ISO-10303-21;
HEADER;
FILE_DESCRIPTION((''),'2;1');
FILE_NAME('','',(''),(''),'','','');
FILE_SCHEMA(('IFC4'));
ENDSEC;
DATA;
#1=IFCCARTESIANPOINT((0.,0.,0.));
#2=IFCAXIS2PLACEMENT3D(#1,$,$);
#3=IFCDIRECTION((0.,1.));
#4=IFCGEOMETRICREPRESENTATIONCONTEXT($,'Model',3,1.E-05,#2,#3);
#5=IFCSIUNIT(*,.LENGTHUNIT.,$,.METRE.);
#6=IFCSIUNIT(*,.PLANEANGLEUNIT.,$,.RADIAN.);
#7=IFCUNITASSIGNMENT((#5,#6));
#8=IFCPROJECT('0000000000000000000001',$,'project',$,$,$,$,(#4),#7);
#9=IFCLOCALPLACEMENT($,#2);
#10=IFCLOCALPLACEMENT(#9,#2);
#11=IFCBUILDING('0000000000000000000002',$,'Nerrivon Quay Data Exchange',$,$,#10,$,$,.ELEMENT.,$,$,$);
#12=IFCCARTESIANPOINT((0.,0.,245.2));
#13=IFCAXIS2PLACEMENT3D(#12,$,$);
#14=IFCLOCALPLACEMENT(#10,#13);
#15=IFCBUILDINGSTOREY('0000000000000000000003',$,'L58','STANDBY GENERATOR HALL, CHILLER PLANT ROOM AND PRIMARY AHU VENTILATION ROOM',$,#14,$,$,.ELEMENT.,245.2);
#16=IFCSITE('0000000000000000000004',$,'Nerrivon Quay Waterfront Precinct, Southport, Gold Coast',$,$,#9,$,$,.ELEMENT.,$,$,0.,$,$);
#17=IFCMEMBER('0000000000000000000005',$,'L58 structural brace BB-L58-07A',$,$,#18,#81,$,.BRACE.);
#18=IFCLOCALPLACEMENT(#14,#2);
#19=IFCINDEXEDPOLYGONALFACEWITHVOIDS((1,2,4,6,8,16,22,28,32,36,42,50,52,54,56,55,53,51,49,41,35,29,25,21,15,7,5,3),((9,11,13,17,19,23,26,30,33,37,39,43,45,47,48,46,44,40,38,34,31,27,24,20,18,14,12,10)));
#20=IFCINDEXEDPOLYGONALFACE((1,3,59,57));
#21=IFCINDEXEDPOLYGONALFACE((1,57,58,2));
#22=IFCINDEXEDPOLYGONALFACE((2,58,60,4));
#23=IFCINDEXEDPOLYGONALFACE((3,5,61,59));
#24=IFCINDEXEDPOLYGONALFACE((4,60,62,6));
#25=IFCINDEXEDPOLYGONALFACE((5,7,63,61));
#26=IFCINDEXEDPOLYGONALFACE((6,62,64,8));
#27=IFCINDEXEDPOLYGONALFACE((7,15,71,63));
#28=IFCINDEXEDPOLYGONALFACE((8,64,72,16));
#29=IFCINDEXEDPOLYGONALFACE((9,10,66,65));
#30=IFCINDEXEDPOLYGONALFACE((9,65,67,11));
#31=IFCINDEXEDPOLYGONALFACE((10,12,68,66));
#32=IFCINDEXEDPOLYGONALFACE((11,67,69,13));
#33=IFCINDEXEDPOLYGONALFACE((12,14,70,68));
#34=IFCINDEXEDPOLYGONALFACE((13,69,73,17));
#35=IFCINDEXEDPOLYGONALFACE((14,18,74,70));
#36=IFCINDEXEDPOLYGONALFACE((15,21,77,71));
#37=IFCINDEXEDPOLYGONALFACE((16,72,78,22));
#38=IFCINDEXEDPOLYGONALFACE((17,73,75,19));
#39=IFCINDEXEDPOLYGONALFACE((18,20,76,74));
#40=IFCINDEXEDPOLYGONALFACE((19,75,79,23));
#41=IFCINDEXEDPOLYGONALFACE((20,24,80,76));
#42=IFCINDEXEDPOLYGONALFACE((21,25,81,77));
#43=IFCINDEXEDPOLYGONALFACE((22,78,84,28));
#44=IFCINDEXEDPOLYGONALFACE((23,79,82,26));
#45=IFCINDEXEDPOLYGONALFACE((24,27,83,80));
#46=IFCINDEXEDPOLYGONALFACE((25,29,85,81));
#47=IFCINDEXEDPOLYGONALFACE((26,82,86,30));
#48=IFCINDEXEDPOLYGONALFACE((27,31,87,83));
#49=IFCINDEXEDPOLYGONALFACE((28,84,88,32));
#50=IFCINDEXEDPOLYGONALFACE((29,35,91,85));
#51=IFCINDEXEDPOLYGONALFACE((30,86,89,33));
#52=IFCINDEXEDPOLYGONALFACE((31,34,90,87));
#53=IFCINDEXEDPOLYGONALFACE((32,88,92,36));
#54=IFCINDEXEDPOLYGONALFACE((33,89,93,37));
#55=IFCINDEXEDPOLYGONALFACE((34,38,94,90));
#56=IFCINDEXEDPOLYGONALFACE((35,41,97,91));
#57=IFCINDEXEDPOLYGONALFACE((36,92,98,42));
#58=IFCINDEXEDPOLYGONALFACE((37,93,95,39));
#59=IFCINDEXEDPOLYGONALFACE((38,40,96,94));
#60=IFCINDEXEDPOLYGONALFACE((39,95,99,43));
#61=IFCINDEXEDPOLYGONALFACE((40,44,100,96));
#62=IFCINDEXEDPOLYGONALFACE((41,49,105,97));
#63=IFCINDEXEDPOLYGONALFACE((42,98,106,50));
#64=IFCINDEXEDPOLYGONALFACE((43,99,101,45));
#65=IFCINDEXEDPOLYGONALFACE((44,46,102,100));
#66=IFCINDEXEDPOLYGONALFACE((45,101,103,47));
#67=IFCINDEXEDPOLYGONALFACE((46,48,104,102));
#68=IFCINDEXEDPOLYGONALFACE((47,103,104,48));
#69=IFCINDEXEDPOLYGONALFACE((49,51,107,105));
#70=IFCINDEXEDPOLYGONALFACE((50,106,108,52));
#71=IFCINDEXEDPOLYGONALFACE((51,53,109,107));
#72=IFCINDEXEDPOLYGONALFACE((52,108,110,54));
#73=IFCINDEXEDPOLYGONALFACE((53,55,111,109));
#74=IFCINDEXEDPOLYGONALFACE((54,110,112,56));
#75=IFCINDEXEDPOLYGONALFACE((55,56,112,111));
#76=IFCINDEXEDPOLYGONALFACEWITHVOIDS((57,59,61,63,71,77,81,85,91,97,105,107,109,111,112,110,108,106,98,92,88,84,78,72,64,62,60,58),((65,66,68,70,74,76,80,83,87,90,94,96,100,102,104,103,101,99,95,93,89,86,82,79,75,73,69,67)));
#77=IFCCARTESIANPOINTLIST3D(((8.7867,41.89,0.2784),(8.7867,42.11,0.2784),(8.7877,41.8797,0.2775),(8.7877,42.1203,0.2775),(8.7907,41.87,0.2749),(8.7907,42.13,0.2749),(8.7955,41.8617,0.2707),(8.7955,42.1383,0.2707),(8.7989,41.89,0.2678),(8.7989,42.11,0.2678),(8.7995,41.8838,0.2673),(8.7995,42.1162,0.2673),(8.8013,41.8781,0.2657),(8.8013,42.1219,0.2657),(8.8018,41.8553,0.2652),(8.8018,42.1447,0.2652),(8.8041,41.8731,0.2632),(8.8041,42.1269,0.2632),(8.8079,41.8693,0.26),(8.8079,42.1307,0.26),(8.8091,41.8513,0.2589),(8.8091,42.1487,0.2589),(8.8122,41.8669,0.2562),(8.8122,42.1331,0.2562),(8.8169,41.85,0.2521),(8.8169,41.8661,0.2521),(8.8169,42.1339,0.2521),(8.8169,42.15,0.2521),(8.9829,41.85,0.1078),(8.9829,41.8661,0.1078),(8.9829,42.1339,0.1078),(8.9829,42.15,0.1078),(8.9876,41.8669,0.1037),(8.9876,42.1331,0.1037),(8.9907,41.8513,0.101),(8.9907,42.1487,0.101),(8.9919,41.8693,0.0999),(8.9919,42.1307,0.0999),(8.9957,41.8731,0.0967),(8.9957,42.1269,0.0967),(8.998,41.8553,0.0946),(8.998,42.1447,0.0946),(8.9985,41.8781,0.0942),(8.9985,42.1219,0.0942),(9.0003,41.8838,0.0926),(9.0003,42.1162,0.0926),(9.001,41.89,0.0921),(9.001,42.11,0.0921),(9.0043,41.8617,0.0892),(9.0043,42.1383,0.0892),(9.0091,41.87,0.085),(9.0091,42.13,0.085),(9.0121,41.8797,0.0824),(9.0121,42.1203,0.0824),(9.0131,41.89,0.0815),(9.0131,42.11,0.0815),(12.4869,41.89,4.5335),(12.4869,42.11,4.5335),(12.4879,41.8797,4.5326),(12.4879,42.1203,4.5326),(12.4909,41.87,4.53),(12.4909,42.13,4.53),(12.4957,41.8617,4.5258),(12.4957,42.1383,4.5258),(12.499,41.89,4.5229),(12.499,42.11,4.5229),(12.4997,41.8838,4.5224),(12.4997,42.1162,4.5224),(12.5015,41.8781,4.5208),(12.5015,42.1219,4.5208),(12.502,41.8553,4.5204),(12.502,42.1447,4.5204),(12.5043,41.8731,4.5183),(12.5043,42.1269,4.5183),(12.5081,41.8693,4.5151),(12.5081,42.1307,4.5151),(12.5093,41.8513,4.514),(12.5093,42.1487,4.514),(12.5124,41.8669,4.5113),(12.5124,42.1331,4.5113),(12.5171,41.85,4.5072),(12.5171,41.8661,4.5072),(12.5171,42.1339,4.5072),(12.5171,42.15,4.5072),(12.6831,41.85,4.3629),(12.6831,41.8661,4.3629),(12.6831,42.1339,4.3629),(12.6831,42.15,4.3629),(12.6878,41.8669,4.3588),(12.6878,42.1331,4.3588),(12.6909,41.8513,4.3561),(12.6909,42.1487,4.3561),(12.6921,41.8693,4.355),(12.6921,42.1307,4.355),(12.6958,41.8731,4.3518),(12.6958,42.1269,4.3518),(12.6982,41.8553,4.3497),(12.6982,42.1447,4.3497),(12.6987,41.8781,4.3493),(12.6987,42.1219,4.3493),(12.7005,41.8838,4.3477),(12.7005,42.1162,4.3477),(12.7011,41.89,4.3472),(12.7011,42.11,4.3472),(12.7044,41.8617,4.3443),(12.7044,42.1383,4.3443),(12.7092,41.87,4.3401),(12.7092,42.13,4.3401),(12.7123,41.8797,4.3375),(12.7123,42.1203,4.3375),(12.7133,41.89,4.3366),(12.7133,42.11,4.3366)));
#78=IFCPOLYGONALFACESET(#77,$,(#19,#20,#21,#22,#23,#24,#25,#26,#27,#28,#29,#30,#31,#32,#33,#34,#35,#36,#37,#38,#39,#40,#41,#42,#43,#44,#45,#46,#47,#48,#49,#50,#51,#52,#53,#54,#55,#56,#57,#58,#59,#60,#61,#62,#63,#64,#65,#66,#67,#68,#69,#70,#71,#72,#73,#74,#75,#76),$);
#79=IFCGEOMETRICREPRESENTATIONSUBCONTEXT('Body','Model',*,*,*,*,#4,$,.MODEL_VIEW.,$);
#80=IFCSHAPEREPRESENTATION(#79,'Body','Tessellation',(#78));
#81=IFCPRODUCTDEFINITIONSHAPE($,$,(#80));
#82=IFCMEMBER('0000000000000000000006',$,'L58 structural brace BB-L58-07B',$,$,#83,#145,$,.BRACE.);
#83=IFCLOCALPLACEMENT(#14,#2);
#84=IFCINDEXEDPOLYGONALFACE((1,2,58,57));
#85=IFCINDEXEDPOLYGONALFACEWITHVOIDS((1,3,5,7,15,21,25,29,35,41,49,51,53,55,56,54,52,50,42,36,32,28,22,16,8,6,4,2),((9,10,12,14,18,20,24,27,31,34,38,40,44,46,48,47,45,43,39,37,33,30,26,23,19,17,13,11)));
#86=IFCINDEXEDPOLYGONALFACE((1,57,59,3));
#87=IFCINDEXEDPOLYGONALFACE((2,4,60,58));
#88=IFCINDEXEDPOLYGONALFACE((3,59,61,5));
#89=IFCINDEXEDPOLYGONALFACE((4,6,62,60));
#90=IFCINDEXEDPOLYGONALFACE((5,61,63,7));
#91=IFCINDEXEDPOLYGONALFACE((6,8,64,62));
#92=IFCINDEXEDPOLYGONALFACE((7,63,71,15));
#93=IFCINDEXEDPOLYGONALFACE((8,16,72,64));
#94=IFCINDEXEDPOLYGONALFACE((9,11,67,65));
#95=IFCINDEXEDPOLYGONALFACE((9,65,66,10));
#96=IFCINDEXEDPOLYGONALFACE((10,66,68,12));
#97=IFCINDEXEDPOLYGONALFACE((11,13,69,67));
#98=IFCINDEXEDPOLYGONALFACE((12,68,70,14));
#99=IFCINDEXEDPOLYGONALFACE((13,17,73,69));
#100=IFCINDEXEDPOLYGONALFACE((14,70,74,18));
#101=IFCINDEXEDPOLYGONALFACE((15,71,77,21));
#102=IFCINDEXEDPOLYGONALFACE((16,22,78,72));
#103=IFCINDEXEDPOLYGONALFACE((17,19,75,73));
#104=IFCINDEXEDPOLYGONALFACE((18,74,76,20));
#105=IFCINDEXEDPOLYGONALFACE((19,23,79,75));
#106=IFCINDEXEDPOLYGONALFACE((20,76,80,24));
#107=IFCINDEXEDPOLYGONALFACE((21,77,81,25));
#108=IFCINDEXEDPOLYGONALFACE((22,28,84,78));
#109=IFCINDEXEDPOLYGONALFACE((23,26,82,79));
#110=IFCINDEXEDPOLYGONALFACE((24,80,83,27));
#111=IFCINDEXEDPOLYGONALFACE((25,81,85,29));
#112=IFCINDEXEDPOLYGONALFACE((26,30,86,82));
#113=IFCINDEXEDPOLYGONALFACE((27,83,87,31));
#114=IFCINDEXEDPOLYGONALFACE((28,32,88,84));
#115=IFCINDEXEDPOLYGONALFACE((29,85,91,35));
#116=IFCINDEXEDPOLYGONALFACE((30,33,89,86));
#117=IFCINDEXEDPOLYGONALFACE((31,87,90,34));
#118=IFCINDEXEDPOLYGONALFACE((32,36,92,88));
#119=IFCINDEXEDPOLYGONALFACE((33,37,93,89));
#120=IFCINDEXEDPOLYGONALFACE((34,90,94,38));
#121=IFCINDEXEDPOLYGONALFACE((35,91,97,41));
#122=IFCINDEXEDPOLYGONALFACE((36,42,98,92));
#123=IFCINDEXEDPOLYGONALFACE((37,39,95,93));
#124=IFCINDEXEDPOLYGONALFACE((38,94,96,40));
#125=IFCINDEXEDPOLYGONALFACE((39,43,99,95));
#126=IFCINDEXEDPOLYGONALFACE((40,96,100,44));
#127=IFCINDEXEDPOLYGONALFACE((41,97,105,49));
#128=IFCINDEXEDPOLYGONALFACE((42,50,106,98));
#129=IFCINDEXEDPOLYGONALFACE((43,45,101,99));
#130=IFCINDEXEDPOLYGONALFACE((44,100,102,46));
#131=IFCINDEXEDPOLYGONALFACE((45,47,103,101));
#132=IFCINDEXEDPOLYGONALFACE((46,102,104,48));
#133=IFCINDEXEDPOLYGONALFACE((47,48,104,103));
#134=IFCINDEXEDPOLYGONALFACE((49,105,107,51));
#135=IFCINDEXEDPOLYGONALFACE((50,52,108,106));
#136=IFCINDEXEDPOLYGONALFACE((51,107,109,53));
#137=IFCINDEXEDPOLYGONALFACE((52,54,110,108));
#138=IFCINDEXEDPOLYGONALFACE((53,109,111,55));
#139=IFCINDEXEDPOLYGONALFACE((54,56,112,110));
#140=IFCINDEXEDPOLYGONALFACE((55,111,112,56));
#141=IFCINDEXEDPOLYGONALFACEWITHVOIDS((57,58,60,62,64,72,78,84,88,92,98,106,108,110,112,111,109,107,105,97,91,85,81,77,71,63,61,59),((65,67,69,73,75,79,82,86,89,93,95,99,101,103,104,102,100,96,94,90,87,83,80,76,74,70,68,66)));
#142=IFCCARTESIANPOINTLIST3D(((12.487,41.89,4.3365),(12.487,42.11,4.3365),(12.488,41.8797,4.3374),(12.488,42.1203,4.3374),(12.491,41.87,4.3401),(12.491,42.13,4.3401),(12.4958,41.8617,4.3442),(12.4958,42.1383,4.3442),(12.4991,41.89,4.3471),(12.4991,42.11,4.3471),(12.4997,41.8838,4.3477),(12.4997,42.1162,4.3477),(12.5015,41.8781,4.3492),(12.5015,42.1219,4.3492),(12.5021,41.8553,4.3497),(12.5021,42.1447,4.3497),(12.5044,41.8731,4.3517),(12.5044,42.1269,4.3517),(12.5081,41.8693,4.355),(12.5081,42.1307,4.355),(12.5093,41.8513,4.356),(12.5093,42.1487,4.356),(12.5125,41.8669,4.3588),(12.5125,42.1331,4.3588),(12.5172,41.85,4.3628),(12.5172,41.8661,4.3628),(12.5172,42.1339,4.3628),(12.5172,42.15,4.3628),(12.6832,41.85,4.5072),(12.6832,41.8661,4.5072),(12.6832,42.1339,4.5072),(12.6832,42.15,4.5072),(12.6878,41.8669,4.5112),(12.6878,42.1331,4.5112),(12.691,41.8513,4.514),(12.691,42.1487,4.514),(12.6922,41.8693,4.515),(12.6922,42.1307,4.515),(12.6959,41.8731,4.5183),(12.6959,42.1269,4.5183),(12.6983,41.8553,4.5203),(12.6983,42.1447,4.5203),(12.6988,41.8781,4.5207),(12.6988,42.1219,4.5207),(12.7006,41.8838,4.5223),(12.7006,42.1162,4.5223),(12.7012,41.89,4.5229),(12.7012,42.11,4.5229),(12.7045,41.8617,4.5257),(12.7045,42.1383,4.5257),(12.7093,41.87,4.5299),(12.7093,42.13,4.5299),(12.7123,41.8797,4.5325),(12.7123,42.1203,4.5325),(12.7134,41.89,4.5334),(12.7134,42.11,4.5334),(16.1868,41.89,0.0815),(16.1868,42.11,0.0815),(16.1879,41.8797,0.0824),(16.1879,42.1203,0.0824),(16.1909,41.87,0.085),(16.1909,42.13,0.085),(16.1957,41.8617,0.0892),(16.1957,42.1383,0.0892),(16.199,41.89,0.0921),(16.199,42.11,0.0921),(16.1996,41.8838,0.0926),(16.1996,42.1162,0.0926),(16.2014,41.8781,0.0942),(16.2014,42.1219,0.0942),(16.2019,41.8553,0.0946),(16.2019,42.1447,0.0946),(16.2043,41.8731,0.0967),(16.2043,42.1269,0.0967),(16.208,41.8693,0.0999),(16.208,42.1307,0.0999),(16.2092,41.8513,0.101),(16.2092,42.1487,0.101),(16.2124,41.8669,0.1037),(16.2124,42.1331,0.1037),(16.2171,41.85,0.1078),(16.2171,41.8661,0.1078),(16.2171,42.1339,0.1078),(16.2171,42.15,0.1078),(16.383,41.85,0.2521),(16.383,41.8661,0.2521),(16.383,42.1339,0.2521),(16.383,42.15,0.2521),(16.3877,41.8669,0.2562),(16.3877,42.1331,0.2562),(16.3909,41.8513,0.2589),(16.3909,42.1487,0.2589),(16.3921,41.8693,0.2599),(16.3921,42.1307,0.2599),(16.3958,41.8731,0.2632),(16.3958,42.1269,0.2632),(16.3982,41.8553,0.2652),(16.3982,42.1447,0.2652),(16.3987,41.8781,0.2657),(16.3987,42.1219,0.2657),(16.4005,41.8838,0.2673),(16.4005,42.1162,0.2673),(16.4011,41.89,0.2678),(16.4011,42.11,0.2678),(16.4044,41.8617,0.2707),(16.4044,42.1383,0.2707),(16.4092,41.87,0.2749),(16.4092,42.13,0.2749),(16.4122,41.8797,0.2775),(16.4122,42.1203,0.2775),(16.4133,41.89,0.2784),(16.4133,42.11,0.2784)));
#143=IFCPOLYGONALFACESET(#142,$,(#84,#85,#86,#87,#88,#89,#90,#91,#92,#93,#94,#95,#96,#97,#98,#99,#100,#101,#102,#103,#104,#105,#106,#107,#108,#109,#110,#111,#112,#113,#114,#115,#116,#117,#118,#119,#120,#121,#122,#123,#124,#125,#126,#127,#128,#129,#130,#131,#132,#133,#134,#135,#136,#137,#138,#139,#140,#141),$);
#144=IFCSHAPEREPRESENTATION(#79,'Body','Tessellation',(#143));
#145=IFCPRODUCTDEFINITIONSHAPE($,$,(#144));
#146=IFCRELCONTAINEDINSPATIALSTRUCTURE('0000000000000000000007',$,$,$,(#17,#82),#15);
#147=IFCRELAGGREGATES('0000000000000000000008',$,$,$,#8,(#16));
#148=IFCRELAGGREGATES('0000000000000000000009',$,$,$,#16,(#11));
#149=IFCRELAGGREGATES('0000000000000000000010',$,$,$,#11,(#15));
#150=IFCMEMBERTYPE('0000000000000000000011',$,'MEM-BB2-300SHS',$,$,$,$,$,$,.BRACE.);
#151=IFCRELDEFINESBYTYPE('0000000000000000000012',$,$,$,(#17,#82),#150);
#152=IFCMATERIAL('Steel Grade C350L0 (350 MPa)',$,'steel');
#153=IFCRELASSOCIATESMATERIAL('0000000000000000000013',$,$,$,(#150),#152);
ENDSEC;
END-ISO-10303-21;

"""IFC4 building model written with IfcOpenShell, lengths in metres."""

from ifc_helpers import new_model, si_unit, direction, frame, origin, origin_2d, place, context, subcontext, project, spatial, hollow_rectangle, extrude, material, material_profile, profile_set, type_object, element, save


model = new_model("IFC4")

# Units and contexts
model_context = context("Model", 3, precision=1e-05, world=origin(), true_north=direction((0.0, 1.0)))
body_context = subcontext(model_context, "Body", "Model", "MODEL_VIEW")
ifc_project = project(units=[si_unit("LENGTHUNIT", "METRE"), si_unit("PLANEANGLEUNIT", "RADIAN")], contexts=[model_context])

# Site, building, storey
site_placement = place(None, origin())
site = spatial("IfcSite", under=ifc_project, at=site_placement, Name="Nerrivon Quay Waterfront Precinct, Southport, Gold Coast", CompositionType="ELEMENT", RefElevation=0.0)
building_placement = place(site_placement, origin())
building = spatial("IfcBuilding", under=site, at=building_placement, Name="Nerrivon Quay Data Exchange", CompositionType="ELEMENT")
storey_placement = place(building_placement, frame((0.0, 0.0, 245.2)))
storey = spatial("IfcBuildingStorey", under=building, at=storey_placement, Name="L58", Description="STANDBY GENERATOR HALL, CHILLER PLANT ROOM AND PRIMARY AHU VENTILATION ROOM", CompositionType="ELEMENT", Elevation=245.2)

# Shared definitions
ifc_material_1 = material(Name="Steel Grade C350L0 (350 MPa)", Category="steel")

# Members
ifc_material_profile_1 = material_profile(ifc_material_1, hollow_rectangle(XDim=0.3, YDim=0.3, WallThickness=0.0161, InnerFilletRadius=0.0239, OuterFilletRadius=0.04, at=origin_2d()), Name="300x300x16.0SHS")
ifc_profile_set_1 = profile_set([ifc_material_profile_1], Name="Steel Grade C350L0 (350 MPa)")
member_type_1 = type_object("IfcMemberType", Name="MEM-BB2-300SHS", PredefinedType="BRACE", material=ifc_profile_set_1)
member_1_placement = place(storey_placement, frame((8.8999, 42.0, 0.1799), z_axis=(0.656187, 0.0, 0.754598), x_axis=(0.0, 1.0, 0.0)))
element("IfcMember", 1, at=member_1_placement, inside=storey, type_object=member_type_1, Name="L58 structural brace BB-L58-07A", PredefinedType="BRACE", context=body_context, shape_type="SweptSolid", body=[
    extrude(hollow_rectangle(XDim=0.3, YDim=0.3, WallThickness=0.0161, InnerFilletRadius=0.0239, OuterFilletRadius=0.04, at=origin_2d()), origin(), (0.0, 0.0, 1.0), 5.6389),
])
member_2_placement = place(storey_placement, frame((16.3, 42.0, 0.1799), z_axis=(-0.656163, 0.0, 0.75462), x_axis=(0.0, -1.0, 0.0)))
element("IfcMember", 2, at=member_2_placement, inside=storey, type_object=member_type_1, Name="L58 structural brace BB-L58-07B", PredefinedType="BRACE", context=body_context, shape_type="SweptSolid", body=[
    extrude(hollow_rectangle(XDim=0.3, YDim=0.3, WallThickness=0.0161, InnerFilletRadius=0.0239, OuterFilletRadius=0.04, at=origin_2d()), origin(), (0.0, 0.0, 1.0), 5.6387),
])

save(model, "model.ifc")
